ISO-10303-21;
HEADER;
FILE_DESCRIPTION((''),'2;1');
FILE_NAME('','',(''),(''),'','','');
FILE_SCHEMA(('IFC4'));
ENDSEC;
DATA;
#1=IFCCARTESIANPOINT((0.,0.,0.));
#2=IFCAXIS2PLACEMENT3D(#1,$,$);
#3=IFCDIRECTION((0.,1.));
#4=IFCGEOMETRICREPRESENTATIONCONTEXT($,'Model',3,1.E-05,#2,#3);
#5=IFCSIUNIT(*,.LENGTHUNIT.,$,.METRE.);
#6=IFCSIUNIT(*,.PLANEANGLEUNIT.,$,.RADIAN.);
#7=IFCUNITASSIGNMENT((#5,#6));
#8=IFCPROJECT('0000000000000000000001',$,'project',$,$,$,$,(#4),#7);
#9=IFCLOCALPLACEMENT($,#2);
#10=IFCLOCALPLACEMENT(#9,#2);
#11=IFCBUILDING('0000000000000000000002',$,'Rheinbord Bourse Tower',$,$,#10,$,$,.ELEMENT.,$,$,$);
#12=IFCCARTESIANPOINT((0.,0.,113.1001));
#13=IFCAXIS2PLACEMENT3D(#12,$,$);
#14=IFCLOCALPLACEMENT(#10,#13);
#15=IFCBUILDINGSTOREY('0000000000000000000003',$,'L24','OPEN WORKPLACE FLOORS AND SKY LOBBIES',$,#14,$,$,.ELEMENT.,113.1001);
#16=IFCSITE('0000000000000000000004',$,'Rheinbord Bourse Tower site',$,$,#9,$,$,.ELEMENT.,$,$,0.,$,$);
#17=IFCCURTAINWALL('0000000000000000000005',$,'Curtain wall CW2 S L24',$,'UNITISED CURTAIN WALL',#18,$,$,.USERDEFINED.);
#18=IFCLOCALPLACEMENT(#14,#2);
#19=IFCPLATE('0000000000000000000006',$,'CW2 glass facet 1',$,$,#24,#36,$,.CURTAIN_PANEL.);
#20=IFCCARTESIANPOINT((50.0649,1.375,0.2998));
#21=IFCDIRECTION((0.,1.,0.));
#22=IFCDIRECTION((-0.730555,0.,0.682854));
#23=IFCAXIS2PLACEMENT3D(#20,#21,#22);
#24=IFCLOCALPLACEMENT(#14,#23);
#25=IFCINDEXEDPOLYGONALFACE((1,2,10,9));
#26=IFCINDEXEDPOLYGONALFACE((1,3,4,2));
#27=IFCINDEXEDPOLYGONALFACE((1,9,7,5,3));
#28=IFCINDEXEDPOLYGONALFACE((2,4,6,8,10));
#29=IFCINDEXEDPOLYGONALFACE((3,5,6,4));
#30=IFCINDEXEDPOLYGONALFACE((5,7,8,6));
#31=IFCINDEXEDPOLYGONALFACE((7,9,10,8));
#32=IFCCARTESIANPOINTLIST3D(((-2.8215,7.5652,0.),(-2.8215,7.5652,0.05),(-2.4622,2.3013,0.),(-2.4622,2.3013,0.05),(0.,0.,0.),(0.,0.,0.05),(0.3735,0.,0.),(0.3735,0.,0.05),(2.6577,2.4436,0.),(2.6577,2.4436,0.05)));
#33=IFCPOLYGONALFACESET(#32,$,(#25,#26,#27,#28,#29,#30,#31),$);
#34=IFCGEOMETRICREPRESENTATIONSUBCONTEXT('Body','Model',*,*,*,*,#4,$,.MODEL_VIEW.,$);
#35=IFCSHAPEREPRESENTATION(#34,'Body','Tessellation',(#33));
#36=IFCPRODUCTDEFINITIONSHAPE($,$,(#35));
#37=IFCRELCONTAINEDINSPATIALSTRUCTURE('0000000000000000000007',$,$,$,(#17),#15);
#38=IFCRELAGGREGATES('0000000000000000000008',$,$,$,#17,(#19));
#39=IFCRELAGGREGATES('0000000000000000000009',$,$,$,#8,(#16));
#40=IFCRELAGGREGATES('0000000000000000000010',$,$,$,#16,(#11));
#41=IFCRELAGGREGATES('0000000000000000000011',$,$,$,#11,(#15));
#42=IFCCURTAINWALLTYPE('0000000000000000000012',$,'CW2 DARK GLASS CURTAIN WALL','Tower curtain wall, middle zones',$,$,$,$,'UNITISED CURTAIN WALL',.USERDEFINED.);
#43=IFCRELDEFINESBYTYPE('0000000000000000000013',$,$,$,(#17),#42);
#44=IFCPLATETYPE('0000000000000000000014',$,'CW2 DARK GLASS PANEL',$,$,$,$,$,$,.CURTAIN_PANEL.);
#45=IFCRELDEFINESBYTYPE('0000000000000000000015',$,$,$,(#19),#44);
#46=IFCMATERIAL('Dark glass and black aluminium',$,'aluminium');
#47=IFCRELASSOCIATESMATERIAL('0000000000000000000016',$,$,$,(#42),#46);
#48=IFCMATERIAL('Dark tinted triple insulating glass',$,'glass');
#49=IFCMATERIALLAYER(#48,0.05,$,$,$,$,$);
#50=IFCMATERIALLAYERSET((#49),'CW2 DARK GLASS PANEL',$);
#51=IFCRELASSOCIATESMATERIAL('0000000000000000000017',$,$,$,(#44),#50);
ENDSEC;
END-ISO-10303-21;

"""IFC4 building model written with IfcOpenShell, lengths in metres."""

from ifc_helpers import new_model, si_unit, direction, frame, origin, place, context, subcontext, project, spatial, polyline, outline, extrude, material, layer, layer_set, type_object, element, aggregate, save


model = new_model("IFC4")

# Units and contexts
model_context = context("Model", 3, precision=1e-05, world=origin(), true_north=direction((0.0, 1.0)))
body_context = subcontext(model_context, "Body", "Model", "MODEL_VIEW")
ifc_project = project(units=[si_unit("LENGTHUNIT", "METRE"), si_unit("PLANEANGLEUNIT", "RADIAN")], contexts=[model_context])

# Site, building, storey
site_placement = place(None, origin())
site = spatial("IfcSite", under=ifc_project, at=site_placement, Name="Rheinbord Bourse Tower site", CompositionType="ELEMENT", RefElevation=0.0)
building_placement = place(site_placement, origin())
building = spatial("IfcBuilding", under=site, at=building_placement, Name="Rheinbord Bourse Tower", CompositionType="ELEMENT")
storey_placement = place(building_placement, frame((0.0, 0.0, 113.1001)))
storey = spatial("IfcBuildingStorey", under=building, at=storey_placement, Name="L24", Description="OPEN WORKPLACE FLOORS AND SKY LOBBIES", CompositionType="ELEMENT", Elevation=113.1001)

# Curtain wall
ifc_material_1 = material(Name="Dark glass and black aluminium", Category="aluminium")
curtain_wall_type = type_object("IfcCurtainWallType", Name="CW2 DARK GLASS CURTAIN WALL", Description="Tower curtain wall, middle zones", ElementType="UNITISED CURTAIN WALL", PredefinedType="USERDEFINED", material=ifc_material_1)
curtain_wall_placement = place(storey_placement, origin())
curtain_wall = element("IfcCurtainWall", 1, at=curtain_wall_placement, inside=storey, type_object=curtain_wall_type, Name="Curtain wall CW2 S L24", ObjectType="UNITISED CURTAIN WALL", PredefinedType="USERDEFINED")

# Plate
ifc_material_2 = material(Name="Dark tinted triple insulating glass", Category="glass")
ifc_layer = layer(ifc_material_2, 0.05)
ifc_layer_set = layer_set([ifc_layer], Name="CW2 DARK GLASS PANEL")
plate_type = type_object("IfcPlateType", Name="CW2 DARK GLASS PANEL", PredefinedType="CURTAIN_PANEL", material=ifc_layer_set)
plate_1_placement = place(storey_placement, frame((50.0649, 1.375, 0.2998), z_axis=(0.0, 1.0, 0.0), x_axis=(-0.730555, 0.0, 0.682854)))
plate_1 = element("IfcPlate", 2, at=plate_1_placement, type_object=plate_type, Name="CW2 glass facet 1", PredefinedType="CURTAIN_PANEL", context=body_context, shape_type="SweptSolid", body=[
    extrude(outline(polyline([(0.0, 0.0), (0.3735, 0.0), (2.6577, 2.4436), (-2.8215, 7.5652), (-2.4622, 2.3013), (0.0, 0.0)])), origin(), (0.0, 0.0, 1.0), 0.05),
])
aggregate(curtain_wall, [plate_1])

save(model, "model.ifc")
